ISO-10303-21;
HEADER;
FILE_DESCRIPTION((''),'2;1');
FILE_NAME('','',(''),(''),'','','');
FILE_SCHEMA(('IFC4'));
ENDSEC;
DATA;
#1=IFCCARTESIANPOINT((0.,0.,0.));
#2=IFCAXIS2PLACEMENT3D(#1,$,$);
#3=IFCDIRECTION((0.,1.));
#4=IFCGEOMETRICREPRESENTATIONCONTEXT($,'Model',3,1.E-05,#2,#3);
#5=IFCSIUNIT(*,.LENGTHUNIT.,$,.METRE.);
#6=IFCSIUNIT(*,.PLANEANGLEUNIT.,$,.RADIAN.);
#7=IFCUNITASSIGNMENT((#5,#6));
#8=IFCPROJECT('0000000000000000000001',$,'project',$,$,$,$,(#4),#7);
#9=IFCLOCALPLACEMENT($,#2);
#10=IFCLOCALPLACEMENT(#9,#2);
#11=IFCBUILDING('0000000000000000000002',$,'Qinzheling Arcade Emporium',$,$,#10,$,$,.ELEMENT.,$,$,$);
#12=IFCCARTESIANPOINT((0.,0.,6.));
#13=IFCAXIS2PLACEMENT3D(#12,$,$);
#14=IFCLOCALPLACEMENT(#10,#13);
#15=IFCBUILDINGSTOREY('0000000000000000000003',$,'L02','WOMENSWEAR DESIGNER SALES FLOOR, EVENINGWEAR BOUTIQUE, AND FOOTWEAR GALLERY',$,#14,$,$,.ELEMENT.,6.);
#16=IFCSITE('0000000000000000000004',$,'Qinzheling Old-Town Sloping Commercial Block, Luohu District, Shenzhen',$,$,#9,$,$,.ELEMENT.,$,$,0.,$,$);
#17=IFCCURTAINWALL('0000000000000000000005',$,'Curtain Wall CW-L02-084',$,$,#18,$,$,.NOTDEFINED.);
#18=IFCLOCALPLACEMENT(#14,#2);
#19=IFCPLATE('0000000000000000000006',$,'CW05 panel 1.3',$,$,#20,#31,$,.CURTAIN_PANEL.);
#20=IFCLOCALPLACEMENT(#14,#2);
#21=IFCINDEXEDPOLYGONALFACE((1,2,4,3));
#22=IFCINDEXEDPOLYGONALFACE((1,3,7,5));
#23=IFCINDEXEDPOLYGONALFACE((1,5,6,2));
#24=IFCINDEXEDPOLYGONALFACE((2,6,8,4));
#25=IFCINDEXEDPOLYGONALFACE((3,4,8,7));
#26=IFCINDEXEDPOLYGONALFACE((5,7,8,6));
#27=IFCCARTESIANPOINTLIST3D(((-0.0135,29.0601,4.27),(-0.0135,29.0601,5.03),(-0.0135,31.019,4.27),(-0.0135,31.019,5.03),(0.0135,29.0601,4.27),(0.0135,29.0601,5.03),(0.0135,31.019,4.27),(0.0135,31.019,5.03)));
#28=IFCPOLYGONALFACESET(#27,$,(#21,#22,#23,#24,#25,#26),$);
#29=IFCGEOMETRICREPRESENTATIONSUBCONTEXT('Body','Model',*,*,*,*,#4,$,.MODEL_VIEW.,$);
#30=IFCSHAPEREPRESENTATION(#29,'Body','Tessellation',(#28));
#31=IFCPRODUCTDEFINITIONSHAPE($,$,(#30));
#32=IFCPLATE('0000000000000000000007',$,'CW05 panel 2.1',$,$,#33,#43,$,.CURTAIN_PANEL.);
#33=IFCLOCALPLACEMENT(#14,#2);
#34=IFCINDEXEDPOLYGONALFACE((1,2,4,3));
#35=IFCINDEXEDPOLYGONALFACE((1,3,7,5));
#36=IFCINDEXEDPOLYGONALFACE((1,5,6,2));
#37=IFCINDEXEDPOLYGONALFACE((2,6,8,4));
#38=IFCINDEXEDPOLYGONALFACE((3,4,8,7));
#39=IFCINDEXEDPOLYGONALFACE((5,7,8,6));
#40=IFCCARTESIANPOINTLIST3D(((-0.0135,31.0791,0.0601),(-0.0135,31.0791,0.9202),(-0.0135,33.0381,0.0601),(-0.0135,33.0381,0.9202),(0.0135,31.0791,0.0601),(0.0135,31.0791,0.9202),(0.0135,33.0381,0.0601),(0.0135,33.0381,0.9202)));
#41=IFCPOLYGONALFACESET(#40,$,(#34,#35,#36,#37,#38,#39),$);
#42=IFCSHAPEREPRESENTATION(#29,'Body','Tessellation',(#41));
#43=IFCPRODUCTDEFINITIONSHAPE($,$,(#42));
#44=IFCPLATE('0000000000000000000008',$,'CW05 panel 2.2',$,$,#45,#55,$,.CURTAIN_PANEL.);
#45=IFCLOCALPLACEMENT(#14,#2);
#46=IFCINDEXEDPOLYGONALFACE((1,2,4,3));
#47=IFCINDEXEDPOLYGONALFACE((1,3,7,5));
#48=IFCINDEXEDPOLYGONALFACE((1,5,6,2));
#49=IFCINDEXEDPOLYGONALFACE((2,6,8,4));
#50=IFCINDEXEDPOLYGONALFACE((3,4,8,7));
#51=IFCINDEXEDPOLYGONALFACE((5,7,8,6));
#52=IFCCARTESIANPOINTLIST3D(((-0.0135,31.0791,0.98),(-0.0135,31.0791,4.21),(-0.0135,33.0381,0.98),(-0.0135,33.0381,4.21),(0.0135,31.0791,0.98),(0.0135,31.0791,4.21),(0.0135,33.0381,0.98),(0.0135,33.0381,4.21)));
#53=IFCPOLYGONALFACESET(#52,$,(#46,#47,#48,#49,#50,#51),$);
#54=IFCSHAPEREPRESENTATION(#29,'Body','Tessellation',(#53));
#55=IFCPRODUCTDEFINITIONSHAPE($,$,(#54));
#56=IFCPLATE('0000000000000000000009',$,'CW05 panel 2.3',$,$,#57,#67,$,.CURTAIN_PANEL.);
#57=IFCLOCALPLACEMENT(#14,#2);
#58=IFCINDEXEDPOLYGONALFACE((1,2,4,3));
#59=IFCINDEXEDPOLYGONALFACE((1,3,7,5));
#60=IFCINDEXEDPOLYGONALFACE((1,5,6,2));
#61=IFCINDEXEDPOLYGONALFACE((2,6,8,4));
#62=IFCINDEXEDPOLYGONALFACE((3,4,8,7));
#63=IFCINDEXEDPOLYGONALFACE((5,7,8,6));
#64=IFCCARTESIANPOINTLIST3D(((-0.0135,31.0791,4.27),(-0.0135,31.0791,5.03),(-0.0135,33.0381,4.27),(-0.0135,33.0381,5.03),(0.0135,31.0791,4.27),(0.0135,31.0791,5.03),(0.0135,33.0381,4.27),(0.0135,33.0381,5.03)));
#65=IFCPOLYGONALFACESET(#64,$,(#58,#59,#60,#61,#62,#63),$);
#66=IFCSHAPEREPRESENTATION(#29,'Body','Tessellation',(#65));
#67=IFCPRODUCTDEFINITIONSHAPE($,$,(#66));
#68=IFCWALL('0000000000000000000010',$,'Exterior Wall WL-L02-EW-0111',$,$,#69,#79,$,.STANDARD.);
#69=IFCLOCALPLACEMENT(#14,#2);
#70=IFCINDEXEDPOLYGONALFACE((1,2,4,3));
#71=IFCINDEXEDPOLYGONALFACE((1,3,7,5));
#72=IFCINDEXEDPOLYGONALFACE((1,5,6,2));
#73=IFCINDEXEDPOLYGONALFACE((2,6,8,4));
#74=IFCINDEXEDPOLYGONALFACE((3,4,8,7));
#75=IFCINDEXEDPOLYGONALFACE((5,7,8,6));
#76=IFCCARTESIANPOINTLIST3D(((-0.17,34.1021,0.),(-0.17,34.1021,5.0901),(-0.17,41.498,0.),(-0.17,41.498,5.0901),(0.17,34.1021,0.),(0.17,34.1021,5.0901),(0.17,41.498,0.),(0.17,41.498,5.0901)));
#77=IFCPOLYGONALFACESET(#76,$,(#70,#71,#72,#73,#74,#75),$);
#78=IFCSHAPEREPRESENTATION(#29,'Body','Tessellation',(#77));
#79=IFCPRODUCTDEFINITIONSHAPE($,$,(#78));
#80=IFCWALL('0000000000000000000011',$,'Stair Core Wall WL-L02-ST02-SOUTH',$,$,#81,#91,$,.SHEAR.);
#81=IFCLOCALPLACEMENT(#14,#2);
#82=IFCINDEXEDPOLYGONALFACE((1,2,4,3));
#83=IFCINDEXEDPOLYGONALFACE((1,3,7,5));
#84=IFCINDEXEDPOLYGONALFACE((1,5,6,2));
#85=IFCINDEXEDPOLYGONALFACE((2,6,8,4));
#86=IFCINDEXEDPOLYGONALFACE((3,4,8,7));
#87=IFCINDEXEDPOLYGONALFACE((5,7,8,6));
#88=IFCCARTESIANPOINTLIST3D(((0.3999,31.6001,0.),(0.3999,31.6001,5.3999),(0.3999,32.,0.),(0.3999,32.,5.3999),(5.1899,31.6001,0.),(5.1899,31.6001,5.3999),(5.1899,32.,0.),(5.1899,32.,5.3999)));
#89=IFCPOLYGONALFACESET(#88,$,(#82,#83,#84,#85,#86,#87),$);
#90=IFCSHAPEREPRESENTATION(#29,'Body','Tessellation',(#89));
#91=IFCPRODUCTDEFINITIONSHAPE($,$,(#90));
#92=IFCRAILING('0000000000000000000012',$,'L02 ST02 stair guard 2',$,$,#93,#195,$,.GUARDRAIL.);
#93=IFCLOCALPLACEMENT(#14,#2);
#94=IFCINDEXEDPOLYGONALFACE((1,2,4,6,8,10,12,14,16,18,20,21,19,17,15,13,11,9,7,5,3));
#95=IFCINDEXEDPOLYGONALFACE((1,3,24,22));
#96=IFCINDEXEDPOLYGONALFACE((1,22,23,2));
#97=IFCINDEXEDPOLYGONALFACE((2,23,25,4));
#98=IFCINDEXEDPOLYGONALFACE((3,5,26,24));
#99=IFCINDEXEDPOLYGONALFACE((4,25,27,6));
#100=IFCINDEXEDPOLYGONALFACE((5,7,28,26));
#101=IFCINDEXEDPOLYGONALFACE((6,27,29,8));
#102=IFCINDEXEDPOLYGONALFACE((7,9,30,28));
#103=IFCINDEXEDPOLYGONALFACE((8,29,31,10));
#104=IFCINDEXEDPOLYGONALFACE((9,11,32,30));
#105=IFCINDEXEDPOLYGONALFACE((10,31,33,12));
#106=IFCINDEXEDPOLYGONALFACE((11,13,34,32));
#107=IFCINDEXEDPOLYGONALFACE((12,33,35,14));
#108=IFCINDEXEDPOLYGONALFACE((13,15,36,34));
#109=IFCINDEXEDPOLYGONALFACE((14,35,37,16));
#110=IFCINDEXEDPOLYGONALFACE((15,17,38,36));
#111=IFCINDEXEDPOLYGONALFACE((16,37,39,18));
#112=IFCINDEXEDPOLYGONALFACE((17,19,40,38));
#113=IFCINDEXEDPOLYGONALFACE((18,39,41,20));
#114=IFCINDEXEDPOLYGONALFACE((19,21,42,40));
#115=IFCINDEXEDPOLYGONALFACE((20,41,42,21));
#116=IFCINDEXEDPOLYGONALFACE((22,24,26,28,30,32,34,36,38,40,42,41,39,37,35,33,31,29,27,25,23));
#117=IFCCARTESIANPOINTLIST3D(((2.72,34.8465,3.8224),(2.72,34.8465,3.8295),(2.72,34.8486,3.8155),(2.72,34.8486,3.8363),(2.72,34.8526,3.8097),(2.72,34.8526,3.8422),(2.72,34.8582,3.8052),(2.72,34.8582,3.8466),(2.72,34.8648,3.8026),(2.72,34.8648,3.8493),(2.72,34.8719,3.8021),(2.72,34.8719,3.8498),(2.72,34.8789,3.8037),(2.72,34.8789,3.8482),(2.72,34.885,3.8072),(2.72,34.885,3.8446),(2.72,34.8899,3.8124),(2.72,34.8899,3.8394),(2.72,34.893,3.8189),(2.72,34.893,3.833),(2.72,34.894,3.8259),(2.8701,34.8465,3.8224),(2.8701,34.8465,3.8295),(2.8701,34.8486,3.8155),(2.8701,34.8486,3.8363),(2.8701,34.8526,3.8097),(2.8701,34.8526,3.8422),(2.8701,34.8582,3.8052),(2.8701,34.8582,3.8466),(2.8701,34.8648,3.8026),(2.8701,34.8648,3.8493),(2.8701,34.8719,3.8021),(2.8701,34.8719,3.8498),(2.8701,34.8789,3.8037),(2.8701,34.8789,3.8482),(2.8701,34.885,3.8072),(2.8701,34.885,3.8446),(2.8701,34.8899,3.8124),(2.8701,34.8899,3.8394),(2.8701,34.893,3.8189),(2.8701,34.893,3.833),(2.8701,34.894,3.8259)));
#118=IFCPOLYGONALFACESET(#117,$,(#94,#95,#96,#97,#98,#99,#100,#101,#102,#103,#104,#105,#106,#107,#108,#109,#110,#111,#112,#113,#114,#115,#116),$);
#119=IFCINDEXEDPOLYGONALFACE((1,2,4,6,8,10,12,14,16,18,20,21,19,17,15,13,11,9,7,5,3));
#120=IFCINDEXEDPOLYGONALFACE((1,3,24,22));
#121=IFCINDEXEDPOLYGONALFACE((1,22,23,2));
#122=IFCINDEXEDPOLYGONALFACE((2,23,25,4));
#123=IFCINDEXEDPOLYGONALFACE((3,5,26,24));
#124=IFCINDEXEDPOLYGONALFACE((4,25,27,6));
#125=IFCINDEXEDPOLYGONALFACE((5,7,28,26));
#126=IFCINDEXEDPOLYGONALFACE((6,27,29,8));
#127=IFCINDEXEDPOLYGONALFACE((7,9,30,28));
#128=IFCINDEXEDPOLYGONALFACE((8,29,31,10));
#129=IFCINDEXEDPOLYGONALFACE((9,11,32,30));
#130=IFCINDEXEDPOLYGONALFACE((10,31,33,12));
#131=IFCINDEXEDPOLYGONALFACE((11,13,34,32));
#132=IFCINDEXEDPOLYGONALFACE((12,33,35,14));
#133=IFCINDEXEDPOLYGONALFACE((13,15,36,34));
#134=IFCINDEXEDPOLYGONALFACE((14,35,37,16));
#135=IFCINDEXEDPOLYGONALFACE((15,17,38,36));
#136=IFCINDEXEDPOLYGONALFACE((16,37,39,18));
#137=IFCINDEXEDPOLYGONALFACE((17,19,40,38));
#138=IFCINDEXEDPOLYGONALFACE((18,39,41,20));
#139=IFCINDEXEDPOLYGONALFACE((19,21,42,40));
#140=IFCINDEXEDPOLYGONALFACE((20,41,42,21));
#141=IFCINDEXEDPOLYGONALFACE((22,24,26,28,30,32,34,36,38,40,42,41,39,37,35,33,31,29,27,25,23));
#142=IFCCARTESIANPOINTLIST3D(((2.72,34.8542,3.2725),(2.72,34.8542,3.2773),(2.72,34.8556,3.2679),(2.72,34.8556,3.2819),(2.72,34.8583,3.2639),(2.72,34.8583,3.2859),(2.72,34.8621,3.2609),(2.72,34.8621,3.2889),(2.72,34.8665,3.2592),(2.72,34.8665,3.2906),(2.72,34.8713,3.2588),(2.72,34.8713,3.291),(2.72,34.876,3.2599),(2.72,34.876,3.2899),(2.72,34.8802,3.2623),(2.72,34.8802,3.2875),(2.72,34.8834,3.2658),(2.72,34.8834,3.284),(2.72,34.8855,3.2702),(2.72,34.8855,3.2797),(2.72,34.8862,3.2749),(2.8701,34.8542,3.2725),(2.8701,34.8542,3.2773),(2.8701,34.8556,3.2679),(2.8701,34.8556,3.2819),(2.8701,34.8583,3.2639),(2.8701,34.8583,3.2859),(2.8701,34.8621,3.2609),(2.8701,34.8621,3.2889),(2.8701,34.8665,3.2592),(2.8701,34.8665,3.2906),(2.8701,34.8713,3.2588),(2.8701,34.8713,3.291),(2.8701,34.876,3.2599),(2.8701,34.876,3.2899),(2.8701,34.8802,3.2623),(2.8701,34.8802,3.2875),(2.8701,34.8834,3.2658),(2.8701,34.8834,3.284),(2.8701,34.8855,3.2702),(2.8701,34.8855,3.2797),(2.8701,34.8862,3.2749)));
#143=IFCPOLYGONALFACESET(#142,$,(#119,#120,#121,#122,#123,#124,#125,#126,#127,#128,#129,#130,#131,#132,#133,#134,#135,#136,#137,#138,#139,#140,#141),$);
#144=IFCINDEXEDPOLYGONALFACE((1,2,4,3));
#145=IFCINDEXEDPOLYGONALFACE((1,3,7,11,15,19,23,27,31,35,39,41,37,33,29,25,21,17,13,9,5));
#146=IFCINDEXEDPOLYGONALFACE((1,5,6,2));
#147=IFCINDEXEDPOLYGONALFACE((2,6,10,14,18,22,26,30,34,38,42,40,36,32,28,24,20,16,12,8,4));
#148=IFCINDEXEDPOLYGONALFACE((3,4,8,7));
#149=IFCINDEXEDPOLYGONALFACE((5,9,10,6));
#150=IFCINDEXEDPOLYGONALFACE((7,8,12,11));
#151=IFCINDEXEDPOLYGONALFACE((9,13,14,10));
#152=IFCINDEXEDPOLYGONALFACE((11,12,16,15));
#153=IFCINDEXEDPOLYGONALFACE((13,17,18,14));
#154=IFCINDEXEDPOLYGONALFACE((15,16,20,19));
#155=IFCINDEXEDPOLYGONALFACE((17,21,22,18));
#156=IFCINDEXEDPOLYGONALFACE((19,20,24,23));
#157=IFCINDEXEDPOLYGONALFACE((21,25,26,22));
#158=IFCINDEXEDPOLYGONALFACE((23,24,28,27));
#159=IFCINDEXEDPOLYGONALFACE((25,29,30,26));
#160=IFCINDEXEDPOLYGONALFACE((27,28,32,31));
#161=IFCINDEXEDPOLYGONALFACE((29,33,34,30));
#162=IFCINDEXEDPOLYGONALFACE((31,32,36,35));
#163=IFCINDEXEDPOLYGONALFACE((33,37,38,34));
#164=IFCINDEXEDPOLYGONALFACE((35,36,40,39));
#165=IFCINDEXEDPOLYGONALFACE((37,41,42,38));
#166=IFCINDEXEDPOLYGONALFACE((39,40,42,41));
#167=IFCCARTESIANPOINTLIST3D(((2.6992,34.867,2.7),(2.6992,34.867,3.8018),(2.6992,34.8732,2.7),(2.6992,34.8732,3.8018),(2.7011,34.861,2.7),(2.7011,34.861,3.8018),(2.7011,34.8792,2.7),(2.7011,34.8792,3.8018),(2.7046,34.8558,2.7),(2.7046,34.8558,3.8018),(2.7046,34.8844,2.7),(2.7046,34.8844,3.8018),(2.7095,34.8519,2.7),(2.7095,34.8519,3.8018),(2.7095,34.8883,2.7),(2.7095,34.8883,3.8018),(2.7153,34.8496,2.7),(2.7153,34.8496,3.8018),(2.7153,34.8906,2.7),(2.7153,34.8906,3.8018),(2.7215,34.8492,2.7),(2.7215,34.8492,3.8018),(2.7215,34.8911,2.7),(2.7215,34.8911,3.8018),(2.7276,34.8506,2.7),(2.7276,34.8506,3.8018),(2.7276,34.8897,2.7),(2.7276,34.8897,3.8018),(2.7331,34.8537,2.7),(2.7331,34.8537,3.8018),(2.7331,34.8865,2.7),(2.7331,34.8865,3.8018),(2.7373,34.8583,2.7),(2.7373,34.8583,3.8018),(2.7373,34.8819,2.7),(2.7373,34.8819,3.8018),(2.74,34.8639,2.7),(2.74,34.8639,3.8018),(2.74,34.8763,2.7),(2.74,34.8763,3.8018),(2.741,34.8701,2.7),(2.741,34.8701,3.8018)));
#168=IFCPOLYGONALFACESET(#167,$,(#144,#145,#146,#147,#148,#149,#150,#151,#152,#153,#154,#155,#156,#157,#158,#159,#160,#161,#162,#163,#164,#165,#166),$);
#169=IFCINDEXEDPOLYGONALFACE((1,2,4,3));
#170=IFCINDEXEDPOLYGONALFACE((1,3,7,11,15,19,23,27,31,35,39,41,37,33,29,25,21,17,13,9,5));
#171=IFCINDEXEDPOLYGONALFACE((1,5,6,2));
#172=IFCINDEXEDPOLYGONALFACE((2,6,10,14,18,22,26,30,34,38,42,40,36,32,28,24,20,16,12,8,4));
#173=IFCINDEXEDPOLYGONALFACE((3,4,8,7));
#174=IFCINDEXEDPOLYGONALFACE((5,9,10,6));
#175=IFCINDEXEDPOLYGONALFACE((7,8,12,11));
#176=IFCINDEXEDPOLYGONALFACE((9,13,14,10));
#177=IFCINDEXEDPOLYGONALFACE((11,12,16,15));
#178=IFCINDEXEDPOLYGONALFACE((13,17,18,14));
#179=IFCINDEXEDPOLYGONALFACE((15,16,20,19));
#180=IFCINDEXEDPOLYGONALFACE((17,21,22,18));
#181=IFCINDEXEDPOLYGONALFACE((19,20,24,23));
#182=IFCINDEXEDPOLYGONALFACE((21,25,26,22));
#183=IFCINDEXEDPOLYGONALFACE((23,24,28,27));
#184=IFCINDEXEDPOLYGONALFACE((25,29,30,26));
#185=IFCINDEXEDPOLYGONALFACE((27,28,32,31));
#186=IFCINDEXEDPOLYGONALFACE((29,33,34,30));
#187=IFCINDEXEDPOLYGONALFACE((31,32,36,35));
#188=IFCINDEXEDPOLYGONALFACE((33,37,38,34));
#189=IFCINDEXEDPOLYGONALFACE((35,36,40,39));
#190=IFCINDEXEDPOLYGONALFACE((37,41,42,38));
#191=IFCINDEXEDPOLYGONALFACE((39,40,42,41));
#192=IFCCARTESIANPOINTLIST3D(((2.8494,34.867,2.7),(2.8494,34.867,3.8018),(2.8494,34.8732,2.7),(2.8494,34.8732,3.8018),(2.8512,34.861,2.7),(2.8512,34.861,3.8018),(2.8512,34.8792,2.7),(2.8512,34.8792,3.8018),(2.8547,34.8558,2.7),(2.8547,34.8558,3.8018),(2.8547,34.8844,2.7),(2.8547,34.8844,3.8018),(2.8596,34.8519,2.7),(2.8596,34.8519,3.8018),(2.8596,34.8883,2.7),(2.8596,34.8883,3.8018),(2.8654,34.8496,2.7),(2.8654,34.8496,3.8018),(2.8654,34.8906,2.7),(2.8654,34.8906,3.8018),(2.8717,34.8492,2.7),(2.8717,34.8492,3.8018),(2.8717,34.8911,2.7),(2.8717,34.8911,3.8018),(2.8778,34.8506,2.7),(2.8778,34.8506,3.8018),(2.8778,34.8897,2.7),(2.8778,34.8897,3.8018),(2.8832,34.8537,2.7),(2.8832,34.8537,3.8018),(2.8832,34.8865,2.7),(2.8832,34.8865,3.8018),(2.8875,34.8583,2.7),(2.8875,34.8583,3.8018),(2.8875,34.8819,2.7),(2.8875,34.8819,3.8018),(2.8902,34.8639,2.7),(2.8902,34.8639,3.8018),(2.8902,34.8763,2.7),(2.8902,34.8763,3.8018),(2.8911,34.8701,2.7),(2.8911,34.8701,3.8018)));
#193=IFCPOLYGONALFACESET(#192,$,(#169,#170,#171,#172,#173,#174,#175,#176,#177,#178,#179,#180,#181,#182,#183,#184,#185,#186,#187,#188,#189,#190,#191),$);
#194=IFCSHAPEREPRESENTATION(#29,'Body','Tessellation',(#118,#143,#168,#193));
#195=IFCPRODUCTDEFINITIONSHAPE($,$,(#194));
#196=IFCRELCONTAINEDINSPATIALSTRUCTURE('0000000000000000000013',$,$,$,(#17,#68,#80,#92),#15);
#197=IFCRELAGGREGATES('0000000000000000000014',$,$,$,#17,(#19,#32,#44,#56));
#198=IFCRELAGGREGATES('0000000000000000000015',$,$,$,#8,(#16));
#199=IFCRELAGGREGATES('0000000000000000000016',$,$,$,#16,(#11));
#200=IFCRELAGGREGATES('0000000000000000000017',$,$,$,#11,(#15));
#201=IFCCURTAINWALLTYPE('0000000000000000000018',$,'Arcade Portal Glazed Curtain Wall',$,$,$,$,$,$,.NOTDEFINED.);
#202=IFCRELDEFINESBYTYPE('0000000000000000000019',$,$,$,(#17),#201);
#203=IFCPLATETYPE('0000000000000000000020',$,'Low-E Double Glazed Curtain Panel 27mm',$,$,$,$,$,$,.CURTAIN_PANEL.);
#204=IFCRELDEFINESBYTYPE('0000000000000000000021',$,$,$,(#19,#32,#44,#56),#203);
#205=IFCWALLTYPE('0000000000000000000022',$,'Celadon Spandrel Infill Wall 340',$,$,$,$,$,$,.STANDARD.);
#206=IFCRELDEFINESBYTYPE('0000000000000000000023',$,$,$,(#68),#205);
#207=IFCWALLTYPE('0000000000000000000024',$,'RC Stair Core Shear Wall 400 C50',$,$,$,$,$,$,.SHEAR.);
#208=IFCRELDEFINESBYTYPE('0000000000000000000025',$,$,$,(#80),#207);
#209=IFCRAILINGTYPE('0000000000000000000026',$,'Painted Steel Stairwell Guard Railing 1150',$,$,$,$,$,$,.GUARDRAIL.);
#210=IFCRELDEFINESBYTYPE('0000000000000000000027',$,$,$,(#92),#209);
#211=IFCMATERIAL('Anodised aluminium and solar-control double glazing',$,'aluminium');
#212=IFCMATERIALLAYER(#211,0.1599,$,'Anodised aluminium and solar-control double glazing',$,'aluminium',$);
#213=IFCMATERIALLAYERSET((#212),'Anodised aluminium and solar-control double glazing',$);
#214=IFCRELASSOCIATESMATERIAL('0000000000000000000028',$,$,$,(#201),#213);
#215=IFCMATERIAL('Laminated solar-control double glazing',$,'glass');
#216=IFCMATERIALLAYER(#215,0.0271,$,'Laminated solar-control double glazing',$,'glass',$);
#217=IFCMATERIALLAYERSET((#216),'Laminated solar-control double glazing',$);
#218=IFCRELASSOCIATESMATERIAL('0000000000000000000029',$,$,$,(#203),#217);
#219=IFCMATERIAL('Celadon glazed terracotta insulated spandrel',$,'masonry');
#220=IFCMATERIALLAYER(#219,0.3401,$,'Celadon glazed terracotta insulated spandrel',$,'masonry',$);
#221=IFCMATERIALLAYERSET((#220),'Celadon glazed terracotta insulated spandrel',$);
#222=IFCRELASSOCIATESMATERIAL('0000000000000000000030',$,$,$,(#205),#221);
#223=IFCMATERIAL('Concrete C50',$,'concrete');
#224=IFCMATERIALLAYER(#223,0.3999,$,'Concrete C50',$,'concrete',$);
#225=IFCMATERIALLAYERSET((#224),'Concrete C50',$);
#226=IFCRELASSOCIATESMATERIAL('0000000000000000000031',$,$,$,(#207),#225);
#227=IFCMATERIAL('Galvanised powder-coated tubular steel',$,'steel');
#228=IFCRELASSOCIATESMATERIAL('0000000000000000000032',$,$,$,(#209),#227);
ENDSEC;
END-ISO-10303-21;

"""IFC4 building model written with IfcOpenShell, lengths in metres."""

from ifc_helpers import new_model, si_unit, direction, frame, frame_2d, origin, origin_2d, place, context, subcontext, project, spatial, rectangle, circle, extrude, material, layer, layer_set, type_object, element, aggregate, save


model = new_model("IFC4")

# Units and contexts
model_context = context("Model", 3, precision=1e-05, world=origin(), true_north=direction((0.0, 1.0)))
body_context = subcontext(model_context, "Body", "Model", "MODEL_VIEW")
ifc_project = project(units=[si_unit("LENGTHUNIT", "METRE"), si_unit("PLANEANGLEUNIT", "RADIAN")], contexts=[model_context])

# Site, building, storey
site_placement = place(None, origin())
site = spatial("IfcSite", under=ifc_project, at=site_placement, Name="Qinzheling Old-Town Sloping Commercial Block, Luohu District, Shenzhen", CompositionType="ELEMENT", RefElevation=0.0)
building_placement = place(site_placement, origin())
building = spatial("IfcBuilding", under=site, at=building_placement, Name="Qinzheling Arcade Emporium", CompositionType="ELEMENT")
storey_placement = place(building_placement, frame((0.0, 0.0, 6.0)))
storey = spatial("IfcBuildingStorey", under=building, at=storey_placement, Name="L02", Description="WOMENSWEAR DESIGNER SALES FLOOR, EVENINGWEAR BOUTIQUE, AND FOOTWEAR GALLERY", CompositionType="ELEMENT", Elevation=6.0)

# Shared definitions
ifc_material_1 = material(Name="Concrete C50", Category="concrete")

# Curtain wall
ifc_material_2 = material(Name="Anodised aluminium and solar-control double glazing", Category="aluminium")
ifc_layer_1 = layer(ifc_material_2, 0.1599, Name="Anodised aluminium and solar-control double glazing", Category="aluminium")
ifc_layer_set_1 = layer_set([ifc_layer_1], Name="Anodised aluminium and solar-control double glazing")
curtain_wall_type = type_object("IfcCurtainWallType", Name="Arcade Portal Glazed Curtain Wall", PredefinedType="NOTDEFINED", material=ifc_layer_set_1)
curtain_wall_placement = place(storey_placement, origin())
curtain_wall = element("IfcCurtainWall", 1, at=curtain_wall_placement, inside=storey, type_object=curtain_wall_type, Name="Curtain Wall CW-L02-084", PredefinedType="NOTDEFINED")

# Plates
ifc_material_3 = material(Name="Laminated solar-control double glazing", Category="glass")
ifc_layer_2 = layer(ifc_material_3, 0.0271, Name="Laminated solar-control double glazing", Category="glass")
ifc_layer_set_2 = layer_set([ifc_layer_2], Name="Laminated solar-control double glazing")
plate_type = type_object("IfcPlateType", Name="Low-E Double Glazed Curtain Panel 27mm", PredefinedType="CURTAIN_PANEL", material=ifc_layer_set_2)
plate_1_placement = place(storey_placement, frame((0.0, 30.0396, 4.27), z_axis=(0.0, 0.0, 1.0), x_axis=(0.0, 1.0, 0.0)))
plate_1 = element("IfcPlate", 2, at=plate_1_placement, type_object=plate_type, Name="CW05 panel 1.3", PredefinedType="CURTAIN_PANEL", context=body_context, shape_type="SweptSolid", body=[
    extrude(rectangle(XDim=1.959, YDim=0.0271, at=origin_2d()), origin(), (0.0, 0.0, 1.0), 0.76),
])
plate_2_placement = place(storey_placement, frame((0.0, 32.0586, 0.0601), z_axis=(0.0, 0.0, 1.0), x_axis=(0.0, 1.0, 0.0)))
plate_2 = element("IfcPlate", 3, at=plate_2_placement, type_object=plate_type, Name="CW05 panel 2.1", PredefinedType="CURTAIN_PANEL", context=body_context, shape_type="SweptSolid", body=[
    extrude(rectangle(XDim=1.959, YDim=0.0271, at=origin_2d()), origin(), (0.0, 0.0, 1.0), 0.8601),
])
plate_3_placement = place(storey_placement, frame((0.0, 32.0586, 0.98), z_axis=(0.0, 0.0, 1.0), x_axis=(0.0, 1.0, 0.0)))
plate_3 = element("IfcPlate", 4, at=plate_3_placement, type_object=plate_type, Name="CW05 panel 2.2", PredefinedType="CURTAIN_PANEL", context=body_context, shape_type="SweptSolid", body=[
    extrude(rectangle(XDim=1.959, YDim=0.0271, at=origin_2d()), origin(), (0.0, 0.0, 1.0), 3.23),
])
plate_4_placement = place(storey_placement, frame((0.0, 32.0586, 4.27), z_axis=(0.0, 0.0, 1.0), x_axis=(0.0, 1.0, 0.0)))
plate_4 = element("IfcPlate", 5, at=plate_4_placement, type_object=plate_type, Name="CW05 panel 2.3", PredefinedType="CURTAIN_PANEL", context=body_context, shape_type="SweptSolid", body=[
    extrude(rectangle(XDim=1.959, YDim=0.0271, at=origin_2d()), origin(), (0.0, 0.0, 1.0), 0.76),
])
aggregate(curtain_wall, [plate_1, plate_2, plate_3, plate_4])

# Walls
ifc_material_4 = material(Name="Celadon glazed terracotta insulated spandrel", Category="masonry")
ifc_layer_3 = layer(ifc_material_4, 0.3401, Name="Celadon glazed terracotta insulated spandrel", Category="masonry")
ifc_layer_set_3 = layer_set([ifc_layer_3], Name="Celadon glazed terracotta insulated spandrel")
wall_type_1 = type_object("IfcWallType", Name="Celadon Spandrel Infill Wall 340", PredefinedType="STANDARD", material=ifc_layer_set_3)
wall_1_placement = place(storey_placement, frame((0.0, 34.1021, 0.0), z_axis=(0.0, 0.0, 1.0), x_axis=(0.0, 1.0, 0.0)))
element("IfcWall", 6, at=wall_1_placement, inside=storey, type_object=wall_type_1, Name="Exterior Wall WL-L02-EW-0111", PredefinedType="STANDARD", context=body_context, shape_type="SweptSolid", body=[
    extrude(rectangle(XDim=7.396, YDim=0.3401, at=frame_2d((3.698, 0.0))), origin(), (0.0, 0.0, 1.0), 5.0901),
])
ifc_layer_4 = layer(ifc_material_1, 0.3999, Name="Concrete C50", Category="concrete")
ifc_layer_set_4 = layer_set([ifc_layer_4], Name="Concrete C50")
wall_type_2 = type_object("IfcWallType", Name="RC Stair Core Shear Wall 400 C50", PredefinedType="SHEAR", material=ifc_layer_set_4)
wall_2_placement = place(storey_placement, frame((5.1899, 31.8, 0.0), z_axis=(0.0, 0.0, 1.0), x_axis=(-1.0, 0.0, 0.0)))
element("IfcWall", 7, at=wall_2_placement, inside=storey, type_object=wall_type_2, Name="Stair Core Wall WL-L02-ST02-SOUTH", PredefinedType="SHEAR", context=body_context, shape_type="SweptSolid", body=[
    extrude(rectangle(XDim=4.79, YDim=0.3999, at=frame_2d((2.395, 0.0))), origin(), (0.0, 0.0, 1.0), 5.3999),
])

# Railing
ifc_material_5 = material(Name="Galvanised powder-coated tubular steel", Category="steel")
railing_type = type_object("IfcRailingType", Name="Painted Steel Stairwell Guard Railing 1150", PredefinedType="GUARDRAIL", material=ifc_material_5)
railing_1_placement = place(storey_placement, frame((2.72, 34.8701, 2.7)))
element("IfcRailing", 8, at=railing_1_placement, inside=storey, type_object=railing_type, Name="L02 ST02 stair guard 2", PredefinedType="GUARDRAIL", context=body_context, shape_type="SweptSolid", body=[
    extrude(circle(Radius=0.0239, at=origin_2d()), frame((0.0, 0.0, 1.126), z_axis=(1.0, 0.0, 0.0), x_axis=(0.0, 1.0, 0.0)), (0.0, 0.0, 1.0), 0.1501),
    extrude(circle(Radius=0.0161, at=origin_2d()), frame((0.0, 0.0, 0.575), z_axis=(1.0, 0.0, 0.0), x_axis=(0.0, 1.0, 0.0)), (0.0, 0.0, 1.0), 0.1501),
    extrude(circle(Radius=0.021, at=origin_2d()), origin(), (0.0, 0.0, 1.0), 1.1018),
    extrude(circle(Radius=0.021, at=origin_2d()), frame((0.1501, 0.0, 0.0)), (0.0, 0.0, 1.0), 1.1018),
])

save(model, "model.ifc")
